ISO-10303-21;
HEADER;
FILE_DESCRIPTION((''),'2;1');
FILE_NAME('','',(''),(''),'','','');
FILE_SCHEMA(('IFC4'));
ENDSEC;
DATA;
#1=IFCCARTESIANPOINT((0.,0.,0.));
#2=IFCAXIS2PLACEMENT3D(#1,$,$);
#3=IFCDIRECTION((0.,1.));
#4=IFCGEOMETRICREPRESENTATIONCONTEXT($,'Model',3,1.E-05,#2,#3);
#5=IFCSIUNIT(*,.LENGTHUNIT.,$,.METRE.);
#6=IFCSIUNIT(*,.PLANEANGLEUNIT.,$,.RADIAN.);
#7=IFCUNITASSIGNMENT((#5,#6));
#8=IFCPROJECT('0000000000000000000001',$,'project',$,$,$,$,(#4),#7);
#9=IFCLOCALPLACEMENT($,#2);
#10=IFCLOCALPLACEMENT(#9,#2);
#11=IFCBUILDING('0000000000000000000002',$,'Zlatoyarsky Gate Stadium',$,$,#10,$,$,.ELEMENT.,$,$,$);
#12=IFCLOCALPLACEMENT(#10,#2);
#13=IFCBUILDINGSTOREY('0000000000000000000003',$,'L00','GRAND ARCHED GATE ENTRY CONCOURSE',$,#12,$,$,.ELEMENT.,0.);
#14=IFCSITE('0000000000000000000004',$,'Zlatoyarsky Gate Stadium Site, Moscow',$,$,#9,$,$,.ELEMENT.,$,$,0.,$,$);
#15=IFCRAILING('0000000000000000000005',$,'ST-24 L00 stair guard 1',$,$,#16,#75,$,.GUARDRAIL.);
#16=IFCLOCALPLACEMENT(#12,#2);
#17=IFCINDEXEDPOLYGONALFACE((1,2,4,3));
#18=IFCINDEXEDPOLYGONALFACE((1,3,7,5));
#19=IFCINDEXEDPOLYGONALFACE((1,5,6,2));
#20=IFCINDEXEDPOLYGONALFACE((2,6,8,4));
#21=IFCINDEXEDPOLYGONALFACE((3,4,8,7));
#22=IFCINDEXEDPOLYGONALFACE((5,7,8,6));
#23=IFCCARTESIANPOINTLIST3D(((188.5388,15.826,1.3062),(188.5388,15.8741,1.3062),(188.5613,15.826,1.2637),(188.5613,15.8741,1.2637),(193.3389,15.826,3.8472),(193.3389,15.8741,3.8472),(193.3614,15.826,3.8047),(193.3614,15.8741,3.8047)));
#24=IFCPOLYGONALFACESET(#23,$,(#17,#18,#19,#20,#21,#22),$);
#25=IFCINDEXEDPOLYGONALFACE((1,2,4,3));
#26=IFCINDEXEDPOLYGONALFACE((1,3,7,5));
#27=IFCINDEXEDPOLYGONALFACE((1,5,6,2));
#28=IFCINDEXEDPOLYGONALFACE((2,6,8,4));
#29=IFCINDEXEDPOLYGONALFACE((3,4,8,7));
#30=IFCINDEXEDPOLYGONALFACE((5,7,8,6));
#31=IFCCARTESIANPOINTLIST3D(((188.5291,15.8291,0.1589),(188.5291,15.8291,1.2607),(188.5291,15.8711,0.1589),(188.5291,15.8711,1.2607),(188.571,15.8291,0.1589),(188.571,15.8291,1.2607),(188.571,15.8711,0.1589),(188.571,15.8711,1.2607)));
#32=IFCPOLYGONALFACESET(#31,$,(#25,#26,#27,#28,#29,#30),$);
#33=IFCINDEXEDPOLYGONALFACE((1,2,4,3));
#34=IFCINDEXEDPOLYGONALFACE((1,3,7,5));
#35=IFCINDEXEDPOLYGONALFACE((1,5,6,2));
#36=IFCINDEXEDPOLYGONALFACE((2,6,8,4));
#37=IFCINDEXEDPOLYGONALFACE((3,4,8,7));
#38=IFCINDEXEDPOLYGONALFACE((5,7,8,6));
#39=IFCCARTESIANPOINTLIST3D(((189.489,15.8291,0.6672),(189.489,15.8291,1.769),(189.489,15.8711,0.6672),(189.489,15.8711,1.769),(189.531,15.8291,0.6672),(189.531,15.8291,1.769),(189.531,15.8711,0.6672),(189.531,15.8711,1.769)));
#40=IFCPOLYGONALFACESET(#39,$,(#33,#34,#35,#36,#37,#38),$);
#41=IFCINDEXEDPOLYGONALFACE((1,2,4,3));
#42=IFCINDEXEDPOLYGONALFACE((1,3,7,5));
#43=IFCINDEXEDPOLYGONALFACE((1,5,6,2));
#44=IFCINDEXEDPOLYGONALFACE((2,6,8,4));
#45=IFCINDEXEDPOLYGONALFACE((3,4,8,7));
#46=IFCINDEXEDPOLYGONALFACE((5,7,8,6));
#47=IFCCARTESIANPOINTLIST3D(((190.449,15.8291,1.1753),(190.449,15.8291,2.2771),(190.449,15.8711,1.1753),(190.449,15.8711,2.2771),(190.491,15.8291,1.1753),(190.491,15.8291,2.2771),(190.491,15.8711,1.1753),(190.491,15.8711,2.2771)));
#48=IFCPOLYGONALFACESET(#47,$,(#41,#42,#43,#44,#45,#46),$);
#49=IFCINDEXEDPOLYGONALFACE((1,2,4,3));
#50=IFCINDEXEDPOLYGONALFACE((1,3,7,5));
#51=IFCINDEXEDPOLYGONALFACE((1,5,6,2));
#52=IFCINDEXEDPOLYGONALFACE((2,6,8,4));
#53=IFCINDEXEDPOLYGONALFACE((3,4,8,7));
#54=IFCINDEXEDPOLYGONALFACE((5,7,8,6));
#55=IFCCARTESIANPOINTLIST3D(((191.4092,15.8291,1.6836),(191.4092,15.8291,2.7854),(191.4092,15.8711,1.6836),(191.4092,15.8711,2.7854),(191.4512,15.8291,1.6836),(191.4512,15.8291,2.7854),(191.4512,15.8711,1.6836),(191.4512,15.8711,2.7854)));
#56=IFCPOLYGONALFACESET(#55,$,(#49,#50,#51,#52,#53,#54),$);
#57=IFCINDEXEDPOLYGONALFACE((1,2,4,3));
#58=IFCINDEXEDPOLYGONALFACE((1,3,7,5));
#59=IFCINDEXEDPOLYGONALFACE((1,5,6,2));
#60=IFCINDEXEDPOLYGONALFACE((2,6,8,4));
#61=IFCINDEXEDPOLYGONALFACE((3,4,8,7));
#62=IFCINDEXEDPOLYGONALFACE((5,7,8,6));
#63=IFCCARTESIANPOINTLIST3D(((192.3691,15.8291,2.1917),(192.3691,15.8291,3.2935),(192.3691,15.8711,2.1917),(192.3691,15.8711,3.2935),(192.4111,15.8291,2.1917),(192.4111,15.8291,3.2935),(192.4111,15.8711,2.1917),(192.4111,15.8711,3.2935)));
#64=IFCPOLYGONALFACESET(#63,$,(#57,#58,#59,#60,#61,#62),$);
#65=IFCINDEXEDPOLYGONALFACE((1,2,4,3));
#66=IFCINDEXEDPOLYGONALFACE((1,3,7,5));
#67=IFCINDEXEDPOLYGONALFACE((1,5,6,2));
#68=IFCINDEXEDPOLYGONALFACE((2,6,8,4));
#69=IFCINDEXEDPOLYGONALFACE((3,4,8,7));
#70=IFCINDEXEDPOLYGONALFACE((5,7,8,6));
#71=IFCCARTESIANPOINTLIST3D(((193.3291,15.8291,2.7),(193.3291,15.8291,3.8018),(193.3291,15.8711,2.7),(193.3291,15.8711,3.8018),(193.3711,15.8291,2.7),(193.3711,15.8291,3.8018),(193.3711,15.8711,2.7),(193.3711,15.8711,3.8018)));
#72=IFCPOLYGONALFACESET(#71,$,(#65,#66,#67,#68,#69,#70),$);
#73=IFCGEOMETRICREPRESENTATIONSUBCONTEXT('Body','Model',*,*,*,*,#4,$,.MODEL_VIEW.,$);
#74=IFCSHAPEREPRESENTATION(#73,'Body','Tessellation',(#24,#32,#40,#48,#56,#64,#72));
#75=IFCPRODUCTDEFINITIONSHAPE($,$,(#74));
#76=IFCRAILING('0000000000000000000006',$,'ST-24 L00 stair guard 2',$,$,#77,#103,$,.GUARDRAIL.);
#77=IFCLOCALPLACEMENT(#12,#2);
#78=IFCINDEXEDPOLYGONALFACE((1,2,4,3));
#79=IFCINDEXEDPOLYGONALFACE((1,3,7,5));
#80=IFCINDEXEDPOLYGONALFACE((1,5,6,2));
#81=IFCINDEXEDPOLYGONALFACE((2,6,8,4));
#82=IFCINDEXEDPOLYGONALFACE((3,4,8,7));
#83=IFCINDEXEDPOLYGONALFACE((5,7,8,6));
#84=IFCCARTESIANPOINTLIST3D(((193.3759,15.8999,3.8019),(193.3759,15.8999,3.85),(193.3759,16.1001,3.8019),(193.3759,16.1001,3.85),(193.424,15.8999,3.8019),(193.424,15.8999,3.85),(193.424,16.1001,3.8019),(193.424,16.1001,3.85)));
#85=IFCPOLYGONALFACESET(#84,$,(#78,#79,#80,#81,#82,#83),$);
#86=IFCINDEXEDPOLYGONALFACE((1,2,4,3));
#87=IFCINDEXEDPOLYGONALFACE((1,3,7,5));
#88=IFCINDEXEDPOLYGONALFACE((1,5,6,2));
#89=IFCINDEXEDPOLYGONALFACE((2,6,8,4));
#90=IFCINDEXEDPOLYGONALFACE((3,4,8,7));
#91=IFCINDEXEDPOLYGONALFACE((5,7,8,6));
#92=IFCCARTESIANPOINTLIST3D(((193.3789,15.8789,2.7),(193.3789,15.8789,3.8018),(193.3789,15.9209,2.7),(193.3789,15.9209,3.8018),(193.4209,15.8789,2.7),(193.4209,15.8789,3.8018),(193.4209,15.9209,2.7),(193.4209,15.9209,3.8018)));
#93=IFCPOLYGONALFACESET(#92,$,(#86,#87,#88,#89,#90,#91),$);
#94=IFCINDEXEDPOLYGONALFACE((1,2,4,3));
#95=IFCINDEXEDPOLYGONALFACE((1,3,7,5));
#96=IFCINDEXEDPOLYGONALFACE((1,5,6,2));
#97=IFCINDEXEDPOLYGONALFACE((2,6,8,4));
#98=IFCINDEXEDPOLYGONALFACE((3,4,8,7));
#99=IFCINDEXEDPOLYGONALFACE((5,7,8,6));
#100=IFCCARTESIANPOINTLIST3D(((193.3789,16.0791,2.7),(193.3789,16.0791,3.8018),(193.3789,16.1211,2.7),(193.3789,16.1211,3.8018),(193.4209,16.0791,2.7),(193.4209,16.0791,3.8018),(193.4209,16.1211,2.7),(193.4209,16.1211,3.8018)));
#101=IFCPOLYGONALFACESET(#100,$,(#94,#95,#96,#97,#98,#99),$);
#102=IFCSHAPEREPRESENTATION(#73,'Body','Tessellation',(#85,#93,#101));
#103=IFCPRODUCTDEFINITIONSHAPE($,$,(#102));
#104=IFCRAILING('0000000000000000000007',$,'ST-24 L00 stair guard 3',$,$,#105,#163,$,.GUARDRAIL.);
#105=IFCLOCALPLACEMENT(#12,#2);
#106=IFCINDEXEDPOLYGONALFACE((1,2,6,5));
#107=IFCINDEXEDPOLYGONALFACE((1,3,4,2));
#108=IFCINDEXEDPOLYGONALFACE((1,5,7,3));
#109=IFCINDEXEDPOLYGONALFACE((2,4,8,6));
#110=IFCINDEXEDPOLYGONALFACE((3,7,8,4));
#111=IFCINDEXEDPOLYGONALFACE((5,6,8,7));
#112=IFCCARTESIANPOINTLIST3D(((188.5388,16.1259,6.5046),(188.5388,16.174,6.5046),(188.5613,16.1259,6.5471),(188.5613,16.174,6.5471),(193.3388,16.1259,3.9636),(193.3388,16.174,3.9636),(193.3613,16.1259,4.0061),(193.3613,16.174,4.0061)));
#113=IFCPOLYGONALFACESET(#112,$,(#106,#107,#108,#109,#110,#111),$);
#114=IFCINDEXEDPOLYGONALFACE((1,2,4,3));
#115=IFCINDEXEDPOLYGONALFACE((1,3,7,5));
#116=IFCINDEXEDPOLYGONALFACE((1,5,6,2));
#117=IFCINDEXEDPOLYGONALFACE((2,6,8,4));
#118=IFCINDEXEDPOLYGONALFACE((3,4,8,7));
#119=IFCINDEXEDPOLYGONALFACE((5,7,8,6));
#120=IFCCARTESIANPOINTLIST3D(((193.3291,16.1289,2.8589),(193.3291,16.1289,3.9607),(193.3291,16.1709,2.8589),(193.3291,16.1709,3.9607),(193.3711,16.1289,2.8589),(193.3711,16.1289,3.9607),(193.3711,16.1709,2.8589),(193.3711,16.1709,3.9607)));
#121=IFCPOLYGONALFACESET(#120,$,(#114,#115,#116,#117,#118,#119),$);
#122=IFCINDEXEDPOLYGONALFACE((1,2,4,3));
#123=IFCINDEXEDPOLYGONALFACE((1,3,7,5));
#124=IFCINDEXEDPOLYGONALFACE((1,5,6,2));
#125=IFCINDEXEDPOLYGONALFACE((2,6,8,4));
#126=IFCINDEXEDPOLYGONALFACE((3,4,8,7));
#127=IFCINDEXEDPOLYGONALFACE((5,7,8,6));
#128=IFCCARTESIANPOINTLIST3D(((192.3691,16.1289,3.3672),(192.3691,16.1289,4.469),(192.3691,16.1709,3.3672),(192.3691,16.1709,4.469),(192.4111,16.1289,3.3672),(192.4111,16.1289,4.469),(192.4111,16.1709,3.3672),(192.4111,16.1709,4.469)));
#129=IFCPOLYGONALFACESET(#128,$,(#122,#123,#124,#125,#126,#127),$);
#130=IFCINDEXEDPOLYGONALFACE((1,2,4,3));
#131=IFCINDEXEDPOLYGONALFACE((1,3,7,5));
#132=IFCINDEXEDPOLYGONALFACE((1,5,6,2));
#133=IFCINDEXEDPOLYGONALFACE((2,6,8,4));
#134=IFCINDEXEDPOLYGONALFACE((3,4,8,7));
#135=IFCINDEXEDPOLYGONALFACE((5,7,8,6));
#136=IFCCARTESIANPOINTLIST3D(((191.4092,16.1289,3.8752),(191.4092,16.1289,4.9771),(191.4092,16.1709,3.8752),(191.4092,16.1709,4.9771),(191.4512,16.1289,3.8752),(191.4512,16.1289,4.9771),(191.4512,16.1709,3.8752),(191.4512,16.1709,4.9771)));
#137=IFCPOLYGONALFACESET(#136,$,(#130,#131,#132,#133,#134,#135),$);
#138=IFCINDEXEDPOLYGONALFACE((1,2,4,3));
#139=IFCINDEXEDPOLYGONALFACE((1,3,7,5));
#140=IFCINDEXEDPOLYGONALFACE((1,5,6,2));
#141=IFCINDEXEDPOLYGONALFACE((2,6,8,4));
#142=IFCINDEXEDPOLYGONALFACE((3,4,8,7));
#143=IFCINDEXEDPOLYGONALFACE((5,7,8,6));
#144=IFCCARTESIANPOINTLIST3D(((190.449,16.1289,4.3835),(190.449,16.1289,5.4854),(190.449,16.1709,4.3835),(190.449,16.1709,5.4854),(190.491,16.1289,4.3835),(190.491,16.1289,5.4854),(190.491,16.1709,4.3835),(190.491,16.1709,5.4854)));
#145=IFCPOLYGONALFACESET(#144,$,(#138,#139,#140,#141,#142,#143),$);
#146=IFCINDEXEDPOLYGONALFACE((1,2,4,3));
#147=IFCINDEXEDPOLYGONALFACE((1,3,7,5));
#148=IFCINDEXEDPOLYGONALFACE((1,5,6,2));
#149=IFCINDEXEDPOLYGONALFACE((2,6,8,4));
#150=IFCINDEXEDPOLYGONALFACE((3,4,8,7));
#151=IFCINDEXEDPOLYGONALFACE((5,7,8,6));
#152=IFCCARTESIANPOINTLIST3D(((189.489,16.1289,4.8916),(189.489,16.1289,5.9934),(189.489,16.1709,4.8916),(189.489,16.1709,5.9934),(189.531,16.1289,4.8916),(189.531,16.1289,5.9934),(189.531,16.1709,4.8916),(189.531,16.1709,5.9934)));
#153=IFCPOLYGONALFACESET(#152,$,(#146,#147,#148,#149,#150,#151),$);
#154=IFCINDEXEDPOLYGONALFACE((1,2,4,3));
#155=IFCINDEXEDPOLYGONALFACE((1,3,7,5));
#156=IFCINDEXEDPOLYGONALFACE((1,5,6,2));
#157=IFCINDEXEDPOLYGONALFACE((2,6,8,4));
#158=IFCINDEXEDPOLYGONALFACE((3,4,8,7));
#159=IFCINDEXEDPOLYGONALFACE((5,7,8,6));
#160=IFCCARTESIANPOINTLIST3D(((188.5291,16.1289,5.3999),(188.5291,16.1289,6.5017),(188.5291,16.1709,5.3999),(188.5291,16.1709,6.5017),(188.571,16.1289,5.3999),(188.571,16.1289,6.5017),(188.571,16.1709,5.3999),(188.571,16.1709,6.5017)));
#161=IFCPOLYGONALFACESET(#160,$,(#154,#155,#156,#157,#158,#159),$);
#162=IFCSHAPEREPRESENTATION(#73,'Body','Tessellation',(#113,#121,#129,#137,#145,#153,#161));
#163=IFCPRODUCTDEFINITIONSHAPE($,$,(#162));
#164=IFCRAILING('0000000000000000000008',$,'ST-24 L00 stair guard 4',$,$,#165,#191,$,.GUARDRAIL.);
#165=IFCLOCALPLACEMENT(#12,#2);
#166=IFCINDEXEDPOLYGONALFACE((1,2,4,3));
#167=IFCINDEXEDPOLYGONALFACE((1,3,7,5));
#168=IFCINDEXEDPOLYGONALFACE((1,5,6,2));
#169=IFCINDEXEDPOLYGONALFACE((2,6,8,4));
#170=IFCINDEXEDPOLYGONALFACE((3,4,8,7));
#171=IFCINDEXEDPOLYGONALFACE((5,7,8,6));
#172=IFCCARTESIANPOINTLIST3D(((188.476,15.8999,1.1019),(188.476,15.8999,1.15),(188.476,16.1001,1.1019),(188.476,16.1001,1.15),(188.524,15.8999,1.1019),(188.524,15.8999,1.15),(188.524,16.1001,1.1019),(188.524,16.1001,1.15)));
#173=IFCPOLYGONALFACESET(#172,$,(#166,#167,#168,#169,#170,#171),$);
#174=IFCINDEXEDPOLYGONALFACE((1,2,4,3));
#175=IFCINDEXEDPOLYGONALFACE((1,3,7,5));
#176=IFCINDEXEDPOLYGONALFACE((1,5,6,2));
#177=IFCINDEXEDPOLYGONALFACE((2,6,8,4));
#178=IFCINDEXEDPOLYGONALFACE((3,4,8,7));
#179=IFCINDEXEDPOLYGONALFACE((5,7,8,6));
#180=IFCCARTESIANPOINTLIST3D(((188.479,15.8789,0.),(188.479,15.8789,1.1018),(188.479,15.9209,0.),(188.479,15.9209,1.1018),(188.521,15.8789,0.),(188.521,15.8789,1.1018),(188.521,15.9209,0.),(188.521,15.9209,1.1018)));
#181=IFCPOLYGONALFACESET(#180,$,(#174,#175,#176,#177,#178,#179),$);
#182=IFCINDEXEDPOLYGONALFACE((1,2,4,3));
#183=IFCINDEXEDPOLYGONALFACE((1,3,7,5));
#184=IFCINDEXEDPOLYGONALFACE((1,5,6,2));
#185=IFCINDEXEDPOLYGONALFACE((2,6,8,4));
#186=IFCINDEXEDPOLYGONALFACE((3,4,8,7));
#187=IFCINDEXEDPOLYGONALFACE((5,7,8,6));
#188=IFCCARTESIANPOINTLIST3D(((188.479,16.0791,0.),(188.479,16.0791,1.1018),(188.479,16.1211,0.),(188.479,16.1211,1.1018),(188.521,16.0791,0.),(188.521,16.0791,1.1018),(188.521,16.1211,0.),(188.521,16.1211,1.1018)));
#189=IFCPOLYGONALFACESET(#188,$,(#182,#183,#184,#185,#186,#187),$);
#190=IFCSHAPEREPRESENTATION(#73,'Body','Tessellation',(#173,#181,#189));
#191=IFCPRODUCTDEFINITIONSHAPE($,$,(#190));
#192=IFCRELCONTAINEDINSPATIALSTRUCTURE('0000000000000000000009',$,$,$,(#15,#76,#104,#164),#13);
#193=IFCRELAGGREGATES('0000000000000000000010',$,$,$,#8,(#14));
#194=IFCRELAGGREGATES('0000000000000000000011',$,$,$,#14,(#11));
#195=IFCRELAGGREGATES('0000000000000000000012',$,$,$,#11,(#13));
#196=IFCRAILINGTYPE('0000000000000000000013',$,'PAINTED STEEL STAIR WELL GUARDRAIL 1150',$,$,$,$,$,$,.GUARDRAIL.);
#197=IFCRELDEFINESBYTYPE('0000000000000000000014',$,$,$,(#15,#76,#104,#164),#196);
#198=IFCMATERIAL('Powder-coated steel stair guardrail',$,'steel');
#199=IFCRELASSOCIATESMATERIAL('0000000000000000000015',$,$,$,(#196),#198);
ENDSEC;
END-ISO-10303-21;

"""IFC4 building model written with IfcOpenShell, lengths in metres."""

from ifc_helpers import new_model, si_unit, direction, frame, origin, origin_2d, place, context, subcontext, project, spatial, rectangle, extrude, material, type_object, element, save


model = new_model("IFC4")

# Units and contexts
model_context = context("Model", 3, precision=1e-05, world=origin(), true_north=direction((0.0, 1.0)))
body_context = subcontext(model_context, "Body", "Model", "MODEL_VIEW")
ifc_project = project(units=[si_unit("LENGTHUNIT", "METRE"), si_unit("PLANEANGLEUNIT", "RADIAN")], contexts=[model_context])

# Site, building, storey
site_placement = place(None, origin())
site = spatial("IfcSite", under=ifc_project, at=site_placement, Name="Zlatoyarsky Gate Stadium Site, Moscow", CompositionType="ELEMENT", RefElevation=0.0)
building_placement = place(site_placement, origin())
building = spatial("IfcBuilding", under=site, at=building_placement, Name="Zlatoyarsky Gate Stadium", CompositionType="ELEMENT")
storey_placement = place(building_placement, origin())
storey = spatial("IfcBuildingStorey", under=building, at=storey_placement, Name="L00", Description="GRAND ARCHED GATE ENTRY CONCOURSE", CompositionType="ELEMENT", Elevation=0.0)

# Railings
ifc_material_1 = material(Name="Powder-coated steel stair guardrail", Category="steel")
railing_type_1 = type_object("IfcRailingType", Name="PAINTED STEEL STAIR WELL GUARDRAIL 1150", PredefinedType="GUARDRAIL", material=ifc_material_1)
railing_1_placement = place(storey_placement, frame((188.55, 15.8501, 0.1589)))
element("IfcRailing", 1, at=railing_1_placement, inside=storey, type_object=railing_type_1, Name="ST-24 L00 stair guard 1", PredefinedType="GUARDRAIL", context=body_context, shape_type="SweptSolid", body=[
    extrude(rectangle(XDim=0.0481, YDim=0.0481, at=origin_2d()), frame((0.0, 0.0, 1.126), z_axis=(0.883802, 0.0, 0.467861), x_axis=(0.0, 1.0, 0.0)), (0.0, 0.0, 1.0), 5.4312),
    extrude(rectangle(XDim=0.042, YDim=0.042, at=origin_2d()), origin(), (0.0, 0.0, 1.0), 1.1018),
    extrude(rectangle(XDim=0.042, YDim=0.042, at=origin_2d()), frame((0.96, 0.0, 0.5083)), (0.0, 0.0, 1.0), 1.1018),
    extrude(rectangle(XDim=0.042, YDim=0.042, at=origin_2d()), frame((1.9199, 0.0, 1.0164)), (0.0, 0.0, 1.0), 1.1018),
    extrude(rectangle(XDim=0.042, YDim=0.042, at=origin_2d()), frame((2.8801, 0.0, 1.5247)), (0.0, 0.0, 1.0), 1.1018),
    extrude(rectangle(XDim=0.042, YDim=0.042, at=origin_2d()), frame((3.8401, 0.0, 2.0327)), (0.0, 0.0, 1.0), 1.1018),
    extrude(rectangle(XDim=0.042, YDim=0.042, at=origin_2d()), frame((4.8, 0.0, 2.541)), (0.0, 0.0, 1.0), 1.1018),
])
railing_2_placement = place(storey_placement, frame((193.3999, 15.8999, 2.7)))
element("IfcRailing", 2, at=railing_2_placement, inside=storey, type_object=railing_type_1, Name="ST-24 L00 stair guard 2", PredefinedType="GUARDRAIL", context=body_context, shape_type="SweptSolid", body=[
    extrude(rectangle(XDim=0.0481, YDim=0.0481, at=origin_2d()), frame((0.0, 0.0, 1.126), z_axis=(0.0, 1.0, 0.0), x_axis=(-1.0, 0.0, 0.0)), (0.0, 0.0, 1.0), 0.2002),
    extrude(rectangle(XDim=0.042, YDim=0.042, at=origin_2d()), origin(), (0.0, 0.0, 1.0), 1.1018),
    extrude(rectangle(XDim=0.042, YDim=0.042, at=origin_2d()), frame((0.0, 0.2002, 0.0)), (0.0, 0.0, 1.0), 1.1018),
])
railing_3_placement = place(storey_placement, frame((193.3501, 16.1499, 2.8589)))
element("IfcRailing", 3, at=railing_3_placement, inside=storey, type_object=railing_type_1, Name="ST-24 L00 stair guard 3", PredefinedType="GUARDRAIL", context=body_context, shape_type="SweptSolid", body=[
    extrude(rectangle(XDim=0.0481, YDim=0.0481, at=origin_2d()), frame((0.0, 0.0, 1.126), z_axis=(-0.883802, 0.0, 0.467861), x_axis=(0.0, -1.0, 0.0)), (0.0, 0.0, 1.0), 5.4312),
    extrude(rectangle(XDim=0.042, YDim=0.042, at=origin_2d()), origin(), (0.0, 0.0, 1.0), 1.1018),
    extrude(rectangle(XDim=0.042, YDim=0.042, at=origin_2d()), frame((-0.96, 0.0, 0.5083)), (0.0, 0.0, 1.0), 1.1018),
    extrude(rectangle(XDim=0.042, YDim=0.042, at=origin_2d()), frame((-1.9199, 0.0, 1.0164)), (0.0, 0.0, 1.0), 1.1018),
    extrude(rectangle(XDim=0.042, YDim=0.042, at=origin_2d()), frame((-2.8801, 0.0, 1.5247)), (0.0, 0.0, 1.0), 1.1018),
    extrude(rectangle(XDim=0.042, YDim=0.042, at=origin_2d()), frame((-3.8401, 0.0, 2.0327)), (0.0, 0.0, 1.0), 1.1018),
    extrude(rectangle(XDim=0.042, YDim=0.042, at=origin_2d()), frame((-4.8, 0.0, 2.541)), (0.0, 0.0, 1.0), 1.1018),
])
railing_4_placement = place(storey_placement, frame((188.5, 15.8999, 0.0)))
element("IfcRailing", 4, at=railing_4_placement, inside=storey, type_object=railing_type_1, Name="ST-24 L00 stair guard 4", PredefinedType="GUARDRAIL", context=body_context, shape_type="SweptSolid", body=[
    extrude(rectangle(XDim=0.0481, YDim=0.0481, at=origin_2d()), frame((0.0, 0.0, 1.126), z_axis=(0.0, 1.0, 0.0), x_axis=(-1.0, 0.0, 0.0)), (0.0, 0.0, 1.0), 0.2002),
    extrude(rectangle(XDim=0.042, YDim=0.042, at=origin_2d()), origin(), (0.0, 0.0, 1.0), 1.1018),
    extrude(rectangle(XDim=0.042, YDim=0.042, at=origin_2d()), frame((0.0, 0.2002, 0.0)), (0.0, 0.0, 1.0), 1.1018),
])

save(model, "model.ifc")
